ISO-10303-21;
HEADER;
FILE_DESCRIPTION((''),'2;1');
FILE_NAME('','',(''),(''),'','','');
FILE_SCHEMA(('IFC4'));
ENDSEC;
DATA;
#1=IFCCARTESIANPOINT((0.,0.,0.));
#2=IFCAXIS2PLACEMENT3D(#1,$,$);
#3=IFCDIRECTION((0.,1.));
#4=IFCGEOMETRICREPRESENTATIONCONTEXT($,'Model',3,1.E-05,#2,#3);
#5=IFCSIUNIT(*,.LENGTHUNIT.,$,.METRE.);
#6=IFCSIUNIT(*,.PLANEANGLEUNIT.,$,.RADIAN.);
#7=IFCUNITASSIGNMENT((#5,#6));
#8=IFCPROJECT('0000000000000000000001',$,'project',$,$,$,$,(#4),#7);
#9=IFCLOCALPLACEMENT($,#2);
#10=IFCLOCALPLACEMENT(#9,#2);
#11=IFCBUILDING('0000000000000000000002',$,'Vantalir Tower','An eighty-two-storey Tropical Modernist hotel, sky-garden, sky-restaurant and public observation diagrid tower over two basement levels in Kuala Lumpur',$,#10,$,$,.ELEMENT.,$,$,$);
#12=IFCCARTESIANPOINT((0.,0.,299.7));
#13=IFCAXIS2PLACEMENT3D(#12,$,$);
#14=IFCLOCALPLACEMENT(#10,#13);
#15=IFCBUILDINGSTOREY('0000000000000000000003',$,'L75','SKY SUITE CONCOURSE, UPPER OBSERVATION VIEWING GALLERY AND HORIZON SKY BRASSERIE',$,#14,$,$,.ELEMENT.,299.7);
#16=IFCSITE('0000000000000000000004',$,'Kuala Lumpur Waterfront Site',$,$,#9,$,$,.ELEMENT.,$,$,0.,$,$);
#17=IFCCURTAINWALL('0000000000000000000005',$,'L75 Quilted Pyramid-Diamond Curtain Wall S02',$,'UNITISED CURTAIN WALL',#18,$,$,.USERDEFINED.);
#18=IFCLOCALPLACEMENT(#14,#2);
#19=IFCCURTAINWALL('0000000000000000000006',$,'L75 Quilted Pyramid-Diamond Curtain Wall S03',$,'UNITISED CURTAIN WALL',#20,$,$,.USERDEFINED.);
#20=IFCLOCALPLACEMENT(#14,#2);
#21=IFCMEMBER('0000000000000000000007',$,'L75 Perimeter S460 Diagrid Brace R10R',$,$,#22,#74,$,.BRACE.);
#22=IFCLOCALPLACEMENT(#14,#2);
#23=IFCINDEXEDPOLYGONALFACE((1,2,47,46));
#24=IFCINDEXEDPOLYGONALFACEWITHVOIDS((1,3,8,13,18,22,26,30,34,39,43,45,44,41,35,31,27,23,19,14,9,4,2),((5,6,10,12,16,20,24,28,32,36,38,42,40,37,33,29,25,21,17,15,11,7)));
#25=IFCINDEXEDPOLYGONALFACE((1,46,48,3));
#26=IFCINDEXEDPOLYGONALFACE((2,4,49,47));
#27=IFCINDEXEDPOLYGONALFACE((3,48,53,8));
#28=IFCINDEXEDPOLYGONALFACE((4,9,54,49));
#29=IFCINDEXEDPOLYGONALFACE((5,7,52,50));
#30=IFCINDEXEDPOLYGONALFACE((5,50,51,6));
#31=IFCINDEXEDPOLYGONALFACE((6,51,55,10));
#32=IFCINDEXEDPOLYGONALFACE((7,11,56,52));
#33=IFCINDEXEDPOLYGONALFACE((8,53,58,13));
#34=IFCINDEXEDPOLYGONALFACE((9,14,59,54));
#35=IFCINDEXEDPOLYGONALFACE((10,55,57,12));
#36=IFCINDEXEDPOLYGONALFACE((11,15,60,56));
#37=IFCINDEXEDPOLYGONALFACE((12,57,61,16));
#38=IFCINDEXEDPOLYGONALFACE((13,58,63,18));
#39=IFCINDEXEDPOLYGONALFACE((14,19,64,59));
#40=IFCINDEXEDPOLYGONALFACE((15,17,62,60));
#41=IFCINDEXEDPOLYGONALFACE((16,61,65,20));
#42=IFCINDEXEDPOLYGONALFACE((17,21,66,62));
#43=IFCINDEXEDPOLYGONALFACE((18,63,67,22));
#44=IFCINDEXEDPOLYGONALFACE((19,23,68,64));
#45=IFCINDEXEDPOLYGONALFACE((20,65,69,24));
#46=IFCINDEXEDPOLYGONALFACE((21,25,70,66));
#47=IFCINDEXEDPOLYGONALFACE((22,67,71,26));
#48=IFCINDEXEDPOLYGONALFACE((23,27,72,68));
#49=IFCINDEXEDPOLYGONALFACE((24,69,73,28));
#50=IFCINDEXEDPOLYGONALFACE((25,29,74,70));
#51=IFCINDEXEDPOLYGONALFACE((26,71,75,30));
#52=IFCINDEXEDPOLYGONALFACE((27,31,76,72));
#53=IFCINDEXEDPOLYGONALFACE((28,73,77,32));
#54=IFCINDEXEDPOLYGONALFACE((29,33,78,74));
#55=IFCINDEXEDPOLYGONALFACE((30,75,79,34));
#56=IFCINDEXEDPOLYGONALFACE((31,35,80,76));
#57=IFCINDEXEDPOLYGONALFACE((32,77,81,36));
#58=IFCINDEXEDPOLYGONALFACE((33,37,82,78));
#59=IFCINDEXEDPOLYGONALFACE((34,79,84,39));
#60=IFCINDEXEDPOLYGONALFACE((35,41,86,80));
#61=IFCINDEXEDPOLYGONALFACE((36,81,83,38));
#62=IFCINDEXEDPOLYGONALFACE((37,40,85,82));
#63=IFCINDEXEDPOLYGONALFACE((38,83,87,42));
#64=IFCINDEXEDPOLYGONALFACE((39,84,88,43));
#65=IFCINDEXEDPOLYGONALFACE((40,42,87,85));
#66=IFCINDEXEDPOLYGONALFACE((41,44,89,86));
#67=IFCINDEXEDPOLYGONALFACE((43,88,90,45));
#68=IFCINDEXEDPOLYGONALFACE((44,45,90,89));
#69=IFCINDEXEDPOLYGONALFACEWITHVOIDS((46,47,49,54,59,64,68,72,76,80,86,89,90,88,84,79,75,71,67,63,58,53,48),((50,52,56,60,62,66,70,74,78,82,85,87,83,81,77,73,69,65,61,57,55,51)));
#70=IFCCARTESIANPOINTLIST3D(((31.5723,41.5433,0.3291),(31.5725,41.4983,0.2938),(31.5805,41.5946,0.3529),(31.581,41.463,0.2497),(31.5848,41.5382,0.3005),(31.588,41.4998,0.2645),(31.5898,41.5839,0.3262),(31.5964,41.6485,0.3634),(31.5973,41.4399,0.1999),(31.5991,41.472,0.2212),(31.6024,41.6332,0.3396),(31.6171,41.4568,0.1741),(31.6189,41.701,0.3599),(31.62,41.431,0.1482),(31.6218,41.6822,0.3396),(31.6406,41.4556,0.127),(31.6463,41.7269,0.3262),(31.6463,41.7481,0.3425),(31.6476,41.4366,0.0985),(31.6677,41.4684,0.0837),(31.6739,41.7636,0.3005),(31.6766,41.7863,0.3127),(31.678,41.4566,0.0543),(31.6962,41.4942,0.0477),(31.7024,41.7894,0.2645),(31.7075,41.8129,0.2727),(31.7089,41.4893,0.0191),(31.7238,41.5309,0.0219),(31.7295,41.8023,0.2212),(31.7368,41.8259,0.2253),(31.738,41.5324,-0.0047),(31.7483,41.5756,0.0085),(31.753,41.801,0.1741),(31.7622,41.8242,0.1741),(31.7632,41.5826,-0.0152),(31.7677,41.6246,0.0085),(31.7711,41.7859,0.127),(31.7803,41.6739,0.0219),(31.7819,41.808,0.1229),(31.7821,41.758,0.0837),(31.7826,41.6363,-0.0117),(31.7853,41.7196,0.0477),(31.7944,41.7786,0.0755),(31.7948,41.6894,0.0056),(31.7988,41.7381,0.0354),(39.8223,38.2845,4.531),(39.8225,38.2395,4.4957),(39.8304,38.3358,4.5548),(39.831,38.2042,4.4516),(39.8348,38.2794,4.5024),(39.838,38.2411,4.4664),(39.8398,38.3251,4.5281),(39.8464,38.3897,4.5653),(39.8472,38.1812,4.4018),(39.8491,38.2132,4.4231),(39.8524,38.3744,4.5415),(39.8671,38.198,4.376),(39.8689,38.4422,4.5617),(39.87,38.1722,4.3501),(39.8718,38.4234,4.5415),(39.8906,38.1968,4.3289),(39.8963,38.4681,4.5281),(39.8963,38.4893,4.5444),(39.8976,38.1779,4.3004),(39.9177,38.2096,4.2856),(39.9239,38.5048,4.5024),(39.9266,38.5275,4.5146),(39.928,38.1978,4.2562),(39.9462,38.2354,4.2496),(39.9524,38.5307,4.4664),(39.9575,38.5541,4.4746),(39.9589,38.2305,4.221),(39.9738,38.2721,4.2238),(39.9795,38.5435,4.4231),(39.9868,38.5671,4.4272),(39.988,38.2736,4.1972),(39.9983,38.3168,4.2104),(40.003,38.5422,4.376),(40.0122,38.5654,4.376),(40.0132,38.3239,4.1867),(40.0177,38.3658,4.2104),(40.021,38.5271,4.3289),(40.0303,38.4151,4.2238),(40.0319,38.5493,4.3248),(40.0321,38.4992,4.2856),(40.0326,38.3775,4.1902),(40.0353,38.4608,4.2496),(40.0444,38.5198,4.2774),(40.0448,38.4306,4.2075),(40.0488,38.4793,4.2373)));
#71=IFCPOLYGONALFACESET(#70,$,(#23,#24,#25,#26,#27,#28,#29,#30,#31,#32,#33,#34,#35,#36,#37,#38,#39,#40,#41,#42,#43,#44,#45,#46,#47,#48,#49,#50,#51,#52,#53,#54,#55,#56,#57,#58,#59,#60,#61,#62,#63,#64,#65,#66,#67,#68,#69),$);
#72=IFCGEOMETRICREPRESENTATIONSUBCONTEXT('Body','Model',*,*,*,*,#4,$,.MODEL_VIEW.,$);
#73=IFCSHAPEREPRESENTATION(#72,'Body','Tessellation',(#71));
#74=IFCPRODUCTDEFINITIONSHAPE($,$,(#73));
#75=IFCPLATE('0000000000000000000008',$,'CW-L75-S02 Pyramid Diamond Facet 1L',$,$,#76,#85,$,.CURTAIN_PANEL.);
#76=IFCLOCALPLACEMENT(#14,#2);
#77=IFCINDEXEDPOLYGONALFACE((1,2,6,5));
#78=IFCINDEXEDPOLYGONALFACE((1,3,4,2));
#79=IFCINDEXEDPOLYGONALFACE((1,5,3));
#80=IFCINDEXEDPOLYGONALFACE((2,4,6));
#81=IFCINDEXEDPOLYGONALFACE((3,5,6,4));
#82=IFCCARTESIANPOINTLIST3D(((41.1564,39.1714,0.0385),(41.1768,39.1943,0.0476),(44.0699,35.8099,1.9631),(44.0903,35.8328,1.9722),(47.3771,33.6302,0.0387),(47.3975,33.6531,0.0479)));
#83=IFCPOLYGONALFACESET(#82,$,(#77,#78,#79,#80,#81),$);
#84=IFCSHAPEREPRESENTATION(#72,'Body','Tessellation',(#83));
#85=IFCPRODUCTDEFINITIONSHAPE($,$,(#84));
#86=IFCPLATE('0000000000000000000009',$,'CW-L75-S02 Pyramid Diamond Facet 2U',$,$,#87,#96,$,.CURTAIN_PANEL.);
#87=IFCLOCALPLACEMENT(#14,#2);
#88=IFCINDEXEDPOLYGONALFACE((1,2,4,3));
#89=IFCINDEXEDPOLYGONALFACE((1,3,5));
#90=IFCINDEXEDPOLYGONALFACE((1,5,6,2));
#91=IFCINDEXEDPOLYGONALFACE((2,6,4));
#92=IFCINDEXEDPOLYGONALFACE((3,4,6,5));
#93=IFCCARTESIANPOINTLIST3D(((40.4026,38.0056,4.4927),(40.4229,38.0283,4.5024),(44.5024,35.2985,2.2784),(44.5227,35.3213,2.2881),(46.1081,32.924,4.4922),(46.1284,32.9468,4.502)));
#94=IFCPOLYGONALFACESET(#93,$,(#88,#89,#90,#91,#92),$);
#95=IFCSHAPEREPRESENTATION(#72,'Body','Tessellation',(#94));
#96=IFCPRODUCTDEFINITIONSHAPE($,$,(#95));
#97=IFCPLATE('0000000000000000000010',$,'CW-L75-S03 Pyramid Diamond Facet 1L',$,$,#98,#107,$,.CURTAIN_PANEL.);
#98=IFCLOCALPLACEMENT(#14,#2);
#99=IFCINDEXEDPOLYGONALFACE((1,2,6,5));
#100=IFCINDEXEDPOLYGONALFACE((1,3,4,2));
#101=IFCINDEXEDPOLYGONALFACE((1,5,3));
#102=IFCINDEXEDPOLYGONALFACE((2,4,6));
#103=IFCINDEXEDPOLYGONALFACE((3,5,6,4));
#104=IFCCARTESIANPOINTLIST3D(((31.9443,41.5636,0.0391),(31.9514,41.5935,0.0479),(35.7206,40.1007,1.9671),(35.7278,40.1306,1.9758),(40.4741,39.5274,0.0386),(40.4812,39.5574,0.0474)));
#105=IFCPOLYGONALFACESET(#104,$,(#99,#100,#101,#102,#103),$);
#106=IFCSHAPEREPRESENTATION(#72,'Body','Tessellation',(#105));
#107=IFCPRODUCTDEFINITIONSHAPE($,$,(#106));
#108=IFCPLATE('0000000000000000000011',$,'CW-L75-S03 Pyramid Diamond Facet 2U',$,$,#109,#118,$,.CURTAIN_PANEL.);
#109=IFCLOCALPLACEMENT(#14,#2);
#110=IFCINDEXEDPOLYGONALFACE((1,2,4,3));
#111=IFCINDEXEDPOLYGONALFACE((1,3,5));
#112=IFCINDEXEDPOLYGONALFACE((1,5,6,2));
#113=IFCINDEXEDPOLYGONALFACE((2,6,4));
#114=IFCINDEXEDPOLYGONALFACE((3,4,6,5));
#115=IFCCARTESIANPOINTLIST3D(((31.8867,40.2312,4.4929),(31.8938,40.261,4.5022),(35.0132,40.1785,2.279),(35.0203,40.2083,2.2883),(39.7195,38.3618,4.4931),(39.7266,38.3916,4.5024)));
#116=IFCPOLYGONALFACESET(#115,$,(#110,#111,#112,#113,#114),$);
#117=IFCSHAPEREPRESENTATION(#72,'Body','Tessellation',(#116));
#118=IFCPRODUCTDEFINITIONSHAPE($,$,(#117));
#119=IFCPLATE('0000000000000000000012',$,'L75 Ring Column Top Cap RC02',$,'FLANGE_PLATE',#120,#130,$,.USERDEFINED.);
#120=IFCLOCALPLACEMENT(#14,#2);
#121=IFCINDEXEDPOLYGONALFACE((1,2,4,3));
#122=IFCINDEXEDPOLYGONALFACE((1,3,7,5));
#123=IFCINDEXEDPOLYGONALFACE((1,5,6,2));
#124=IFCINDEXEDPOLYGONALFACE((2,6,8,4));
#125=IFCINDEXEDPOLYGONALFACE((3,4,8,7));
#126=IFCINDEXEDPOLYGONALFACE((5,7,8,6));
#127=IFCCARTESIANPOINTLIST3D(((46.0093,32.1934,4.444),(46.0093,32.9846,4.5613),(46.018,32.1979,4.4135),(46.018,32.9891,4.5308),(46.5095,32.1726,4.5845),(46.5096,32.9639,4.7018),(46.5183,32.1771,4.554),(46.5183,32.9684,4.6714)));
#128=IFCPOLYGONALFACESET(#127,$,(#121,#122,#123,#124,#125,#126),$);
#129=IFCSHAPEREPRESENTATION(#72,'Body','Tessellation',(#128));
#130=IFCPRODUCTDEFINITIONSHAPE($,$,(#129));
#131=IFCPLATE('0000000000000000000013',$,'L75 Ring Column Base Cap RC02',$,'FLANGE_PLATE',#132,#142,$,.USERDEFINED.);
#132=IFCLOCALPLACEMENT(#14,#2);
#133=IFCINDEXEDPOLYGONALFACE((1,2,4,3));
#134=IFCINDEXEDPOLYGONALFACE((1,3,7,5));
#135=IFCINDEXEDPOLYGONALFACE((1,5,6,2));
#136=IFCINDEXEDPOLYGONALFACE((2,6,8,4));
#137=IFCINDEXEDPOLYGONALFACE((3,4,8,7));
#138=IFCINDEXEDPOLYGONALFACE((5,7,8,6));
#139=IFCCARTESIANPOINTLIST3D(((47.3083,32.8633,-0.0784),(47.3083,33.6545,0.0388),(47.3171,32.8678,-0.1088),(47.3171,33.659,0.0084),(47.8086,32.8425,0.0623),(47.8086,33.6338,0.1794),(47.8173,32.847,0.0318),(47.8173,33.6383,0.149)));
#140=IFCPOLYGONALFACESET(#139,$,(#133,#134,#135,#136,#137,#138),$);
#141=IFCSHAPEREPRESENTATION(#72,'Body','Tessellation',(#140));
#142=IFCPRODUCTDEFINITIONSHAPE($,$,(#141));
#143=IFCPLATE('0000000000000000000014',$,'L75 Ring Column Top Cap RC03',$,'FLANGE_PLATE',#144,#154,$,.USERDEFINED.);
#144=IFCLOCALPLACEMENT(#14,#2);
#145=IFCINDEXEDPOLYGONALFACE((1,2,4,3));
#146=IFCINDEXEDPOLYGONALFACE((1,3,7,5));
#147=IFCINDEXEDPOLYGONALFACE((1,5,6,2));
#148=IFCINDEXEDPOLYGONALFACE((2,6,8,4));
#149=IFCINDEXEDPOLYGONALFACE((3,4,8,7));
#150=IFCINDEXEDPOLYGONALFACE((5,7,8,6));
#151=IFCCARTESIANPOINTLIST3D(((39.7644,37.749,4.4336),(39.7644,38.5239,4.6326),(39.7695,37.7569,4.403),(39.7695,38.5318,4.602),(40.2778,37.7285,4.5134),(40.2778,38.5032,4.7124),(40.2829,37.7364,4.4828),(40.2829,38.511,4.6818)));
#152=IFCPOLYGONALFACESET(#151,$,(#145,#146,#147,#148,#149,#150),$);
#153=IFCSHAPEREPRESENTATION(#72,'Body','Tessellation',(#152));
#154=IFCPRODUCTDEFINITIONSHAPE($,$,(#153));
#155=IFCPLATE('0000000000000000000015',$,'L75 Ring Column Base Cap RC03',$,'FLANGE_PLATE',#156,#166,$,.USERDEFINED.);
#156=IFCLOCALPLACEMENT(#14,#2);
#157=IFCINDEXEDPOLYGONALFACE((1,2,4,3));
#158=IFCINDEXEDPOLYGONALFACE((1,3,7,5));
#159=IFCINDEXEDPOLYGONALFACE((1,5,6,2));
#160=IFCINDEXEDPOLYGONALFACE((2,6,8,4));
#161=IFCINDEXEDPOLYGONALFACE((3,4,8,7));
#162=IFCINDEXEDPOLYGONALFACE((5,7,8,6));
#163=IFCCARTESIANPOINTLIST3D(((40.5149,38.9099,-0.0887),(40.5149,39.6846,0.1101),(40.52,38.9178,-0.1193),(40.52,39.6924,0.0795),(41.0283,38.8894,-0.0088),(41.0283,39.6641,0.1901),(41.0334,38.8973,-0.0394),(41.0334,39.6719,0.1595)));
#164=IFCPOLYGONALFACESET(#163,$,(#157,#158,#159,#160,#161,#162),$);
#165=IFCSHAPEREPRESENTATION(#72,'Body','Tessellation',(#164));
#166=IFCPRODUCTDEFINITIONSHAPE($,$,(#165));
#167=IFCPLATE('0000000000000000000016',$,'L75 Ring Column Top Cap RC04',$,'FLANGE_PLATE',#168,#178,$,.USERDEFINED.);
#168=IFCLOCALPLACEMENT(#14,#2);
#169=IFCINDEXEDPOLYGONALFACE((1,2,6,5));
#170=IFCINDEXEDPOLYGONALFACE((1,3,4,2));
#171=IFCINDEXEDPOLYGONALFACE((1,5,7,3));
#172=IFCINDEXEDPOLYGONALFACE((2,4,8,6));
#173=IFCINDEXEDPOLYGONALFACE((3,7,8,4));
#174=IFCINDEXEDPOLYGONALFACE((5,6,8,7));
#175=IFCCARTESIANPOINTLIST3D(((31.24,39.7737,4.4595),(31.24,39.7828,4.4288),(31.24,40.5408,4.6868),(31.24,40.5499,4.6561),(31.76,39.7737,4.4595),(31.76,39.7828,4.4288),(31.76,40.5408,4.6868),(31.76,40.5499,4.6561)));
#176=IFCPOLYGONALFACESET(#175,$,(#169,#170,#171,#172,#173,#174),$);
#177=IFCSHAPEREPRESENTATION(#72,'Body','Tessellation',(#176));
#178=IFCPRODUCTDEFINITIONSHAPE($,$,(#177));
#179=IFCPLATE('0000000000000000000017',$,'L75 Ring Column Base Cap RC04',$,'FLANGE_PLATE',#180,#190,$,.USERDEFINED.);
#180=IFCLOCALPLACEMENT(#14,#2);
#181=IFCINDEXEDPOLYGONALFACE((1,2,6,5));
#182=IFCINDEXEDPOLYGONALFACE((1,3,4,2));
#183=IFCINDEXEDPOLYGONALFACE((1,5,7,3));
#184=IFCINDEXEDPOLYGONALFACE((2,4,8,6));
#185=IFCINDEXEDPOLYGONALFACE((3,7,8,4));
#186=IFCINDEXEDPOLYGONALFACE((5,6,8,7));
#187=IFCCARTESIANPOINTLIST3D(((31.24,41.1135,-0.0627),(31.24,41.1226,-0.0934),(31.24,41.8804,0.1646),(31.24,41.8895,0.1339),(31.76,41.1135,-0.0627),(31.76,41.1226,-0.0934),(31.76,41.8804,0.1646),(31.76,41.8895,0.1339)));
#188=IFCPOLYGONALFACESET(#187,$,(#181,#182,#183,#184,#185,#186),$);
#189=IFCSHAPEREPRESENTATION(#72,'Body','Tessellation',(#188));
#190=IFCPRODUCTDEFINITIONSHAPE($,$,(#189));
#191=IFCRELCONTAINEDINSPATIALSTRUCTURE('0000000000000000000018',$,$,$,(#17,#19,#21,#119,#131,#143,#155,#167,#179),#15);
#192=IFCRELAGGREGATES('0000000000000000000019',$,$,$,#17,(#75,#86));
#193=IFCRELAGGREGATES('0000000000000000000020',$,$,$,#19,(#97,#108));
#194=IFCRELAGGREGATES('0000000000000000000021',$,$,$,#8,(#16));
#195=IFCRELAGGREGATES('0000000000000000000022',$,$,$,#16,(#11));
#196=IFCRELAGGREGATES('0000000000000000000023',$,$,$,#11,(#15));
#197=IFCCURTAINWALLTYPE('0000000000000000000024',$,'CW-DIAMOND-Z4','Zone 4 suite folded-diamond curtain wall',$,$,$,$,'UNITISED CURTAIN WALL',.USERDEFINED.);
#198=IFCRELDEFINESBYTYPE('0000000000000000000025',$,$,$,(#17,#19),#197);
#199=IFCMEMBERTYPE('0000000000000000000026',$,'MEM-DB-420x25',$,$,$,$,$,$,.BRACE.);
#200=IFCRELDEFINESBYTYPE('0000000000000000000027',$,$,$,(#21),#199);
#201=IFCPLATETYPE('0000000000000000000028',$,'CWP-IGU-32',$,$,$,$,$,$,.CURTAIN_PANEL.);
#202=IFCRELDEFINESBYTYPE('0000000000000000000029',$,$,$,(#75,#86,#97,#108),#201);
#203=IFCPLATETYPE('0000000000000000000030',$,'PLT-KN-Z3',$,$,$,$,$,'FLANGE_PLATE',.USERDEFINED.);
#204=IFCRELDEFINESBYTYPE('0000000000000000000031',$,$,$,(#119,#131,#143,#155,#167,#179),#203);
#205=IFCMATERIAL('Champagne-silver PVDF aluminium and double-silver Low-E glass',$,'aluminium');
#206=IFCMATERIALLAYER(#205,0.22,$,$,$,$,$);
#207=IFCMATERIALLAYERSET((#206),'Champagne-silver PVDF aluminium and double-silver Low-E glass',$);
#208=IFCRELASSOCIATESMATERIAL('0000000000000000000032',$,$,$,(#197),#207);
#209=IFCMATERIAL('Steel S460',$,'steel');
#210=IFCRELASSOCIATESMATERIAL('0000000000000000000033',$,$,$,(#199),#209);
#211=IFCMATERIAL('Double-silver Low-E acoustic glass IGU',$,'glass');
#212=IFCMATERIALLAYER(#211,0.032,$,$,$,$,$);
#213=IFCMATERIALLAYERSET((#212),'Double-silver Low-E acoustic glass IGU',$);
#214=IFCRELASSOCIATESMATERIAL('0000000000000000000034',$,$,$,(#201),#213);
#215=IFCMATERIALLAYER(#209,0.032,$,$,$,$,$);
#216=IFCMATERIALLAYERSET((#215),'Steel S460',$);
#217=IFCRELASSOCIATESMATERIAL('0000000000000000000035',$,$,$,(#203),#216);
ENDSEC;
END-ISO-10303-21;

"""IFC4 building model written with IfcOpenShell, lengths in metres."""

from ifc_helpers import new_model, si_unit, direction, frame, origin, origin_2d, place, context, subcontext, project, spatial, polyline, hollow_circle, outline, extrude, material, layer, layer_set, material_profile, profile_set, type_object, element, aggregate, save


model = new_model("IFC4")

# Units and contexts
model_context = context("Model", 3, precision=1e-05, world=origin(), true_north=direction((0.0, 1.0)))
body_context = subcontext(model_context, "Body", "Model", "MODEL_VIEW")
ifc_project = project(units=[si_unit("LENGTHUNIT", "METRE"), si_unit("PLANEANGLEUNIT", "RADIAN")], contexts=[model_context])

# Site, building, storey
site_placement = place(None, origin())
site = spatial("IfcSite", under=ifc_project, at=site_placement, Name="Kuala Lumpur Waterfront Site", CompositionType="ELEMENT", RefElevation=0.0)
building_placement = place(site_placement, origin())
building = spatial("IfcBuilding", under=site, at=building_placement, Name="Vantalir Tower", Description="An eighty-two-storey Tropical Modernist hotel, sky-garden, sky-restaurant and public observation diagrid tower over two basement levels in Kuala Lumpur", CompositionType="ELEMENT")
storey_placement = place(building_placement, frame((0.0, 0.0, 299.7)))
storey = spatial("IfcBuildingStorey", under=building, at=storey_placement, Name="L75", Description="SKY SUITE CONCOURSE, UPPER OBSERVATION VIEWING GALLERY AND HORIZON SKY BRASSERIE", CompositionType="ELEMENT", Elevation=299.7)

# Shared definitions
ifc_material_1 = material(Name="Steel S460", Category="steel")

# Shared definitions
ifc_material_2 = material(Name="Champagne-silver PVDF aluminium and double-silver Low-E glass", Category="aluminium")
ifc_layer_1 = layer(ifc_material_2, 0.22)
ifc_layer_set_1 = layer_set([ifc_layer_1], Name="Champagne-silver PVDF aluminium and double-silver Low-E glass")
curtain_wall_type = type_object("IfcCurtainWallType", Name="CW-DIAMOND-Z4", Description="Zone 4 suite folded-diamond curtain wall", ElementType="UNITISED CURTAIN WALL", PredefinedType="USERDEFINED", material=ifc_layer_set_1)

# Curtain walls
curtain_wall_1_placement = place(storey_placement, origin())
curtain_wall_1 = element("IfcCurtainWall", 1, at=curtain_wall_1_placement, inside=storey, type_object=curtain_wall_type, Name="L75 Quilted Pyramid-Diamond Curtain Wall S02", ObjectType="UNITISED CURTAIN WALL", PredefinedType="USERDEFINED")
curtain_wall_2_placement = place(storey_placement, origin())
curtain_wall_2 = element("IfcCurtainWall", 2, at=curtain_wall_2_placement, inside=storey, type_object=curtain_wall_type, Name="L75 Quilted Pyramid-Diamond Curtain Wall S03", ObjectType="UNITISED CURTAIN WALL", PredefinedType="USERDEFINED")

# Member
ifc_material_profile_1 = material_profile(ifc_material_1, hollow_circle(Radius=0.21, WallThickness=0.0249, at=origin_2d()), Name="Steel S460")
ifc_profile_set_1 = profile_set([ifc_material_profile_1], Name="Steel S460")
member_type_1 = type_object("IfcMemberType", Name="MEM-DB-420x25", PredefinedType="BRACE", material=ifc_profile_set_1)
for number, where, z_axis, x_axis, name in (
    (3, (31.6851, 41.6289, 0.1741), (0.840533, -0.332014, 0.428102), (0.367382, 0.93007, 0.0), "L75 Perimeter S460 Diagrid Brace R10R"),
):
    element("IfcMember", number, at=place(storey_placement, frame(where, z_axis=z_axis, x_axis=x_axis)), inside=storey, type_object=member_type_1, Name=name, PredefinedType="BRACE", context=body_context, shape_type="SweptSolid", body=[
        extrude(hollow_circle(Radius=0.21, WallThickness=0.0249, at=origin_2d()), origin(), (0.0, 0.0, 1.0), 9.8152),
    ])

# Plates
ifc_material_3 = material(Name="Double-silver Low-E acoustic glass IGU", Category="glass")
ifc_layer_2 = layer(ifc_material_3, 0.032)
ifc_layer_set_2 = layer_set([ifc_layer_2], Name="Double-silver Low-E acoustic glass IGU")
plate_type_1 = type_object("IfcPlateType", Name="CWP-IGU-32", PredefinedType="CURTAIN_PANEL", material=ifc_layer_set_2)
plate_1_placement = place(storey_placement, frame((47.3975, 33.6531, 0.0479), z_axis=(0.637563, 0.715751, 0.28498), x_axis=(-0.746709, 0.665151, -0.000029)))
plate_1 = element("IfcPlate", 4, at=plate_1_placement, type_object=plate_type_1, Name="CW-L75-S02 Pyramid Diamond Facet 1L", PredefinedType="CURTAIN_PANEL", context=body_context, shape_type="SweptSolid", body=[
    extrude(outline(polyline([(0.0, 0.0), (8.3308, 0.0), (3.9192, 2.0077), (0.0, 0.0)])), origin(), (0.0, 0.0, -1.0), 0.032),
])
plate_2_placement = place(storey_placement, frame((40.4229, 38.0283, 4.5024), z_axis=(0.63373, 0.711524, 0.303511), x_axis=(0.746764, -0.665089, -0.000064)))
plate_2 = element("IfcPlate", 5, at=plate_2_placement, type_object=plate_type_1, Name="CW-L75-S02 Pyramid Diamond Facet 2U", PredefinedType="CURTAIN_PANEL", context=body_context, shape_type="SweptSolid", body=[
    extrude(outline(polyline([(0.0, 0.0), (7.6404, 0.0), (4.8622, 2.3237), (0.0, 0.0)])), origin(), (0.0, 0.0, -1.0), 0.032),
])
aggregate(curtain_wall_1, [plate_1, plate_2])
plate_3_placement = place(storey_placement, frame((40.4812, 39.5574, 0.0474), z_axis=(0.223413, 0.935859, 0.272497), x_axis=(-0.972672, 0.232185, 0.000056)))
plate_3 = element("IfcPlate", 6, at=plate_3_placement, type_object=plate_type_1, Name="CW-L75-S03 Pyramid Diamond Facet 1L", PredefinedType="CURTAIN_PANEL", context=body_context, shape_type="SweptSolid", body=[
    extrude(outline(polyline([(0.0, 0.0), (8.7694, 0.0), (4.7567, 2.004), (0.0, 0.0)])), origin(), (0.0, 0.0, -1.0), 0.032),
])
plate_4_placement = place(storey_placement, frame((31.8938, 40.261, 4.5022), z_axis=(0.222057, 0.930462, 0.291429), x_axis=(0.972682, -0.232142, 0.00003)))
plate_4 = element("IfcPlate", 7, at=plate_4_placement, type_object=plate_type_1, Name="CW-L75-S03 Pyramid Diamond Facet 2U", PredefinedType="CURTAIN_PANEL", context=body_context, shape_type="SweptSolid", body=[
    extrude(outline(polyline([(0.0, 0.0), (8.0528, 0.0), (3.0532, 2.3144), (0.0, 0.0)])), origin(), (0.0, 0.0, -1.0), 0.032),
])
aggregate(curtain_wall_2, [plate_3, plate_4])

# Plates
ifc_layer_3 = layer(ifc_material_1, 0.032)
ifc_layer_set_3 = layer_set([ifc_layer_3], Name="Steel S460")
plate_type_2 = type_object("IfcPlateType", Name="PLT-KN-Z3", ElementType="FLANGE_PLATE", PredefinedType="USERDEFINED", material=ifc_layer_set_3)
plate_5_placement = place(storey_placement, frame((46.0093, 32.9846, 4.5613), z_axis=(-0.273121, -0.141078, 0.951579), x_axis=(0.00004, -0.98919, -0.146643)))
element("IfcPlate", 8, at=plate_5_placement, inside=storey, type_object=plate_type_2, Name="L75 Ring Column Top Cap RC02", ObjectType="FLANGE_PLATE", PredefinedType="USERDEFINED", context=body_context, shape_type="SweptSolid", body=[
    extrude(outline(polyline([(0.0, 0.0), (0.7999, 0.0), (0.7999, 0.52), (-0.0001, 0.52), (0.0, 0.0)])), origin(), (0.0, 0.0, -1.0), 0.032),
])
plate_6_placement = place(storey_placement, frame((47.3083, 33.6545, 0.0388), z_axis=(-0.273336, -0.140925, 0.95154), x_axis=(0.0, -0.98921, -0.146504)))
element("IfcPlate", 9, at=plate_6_placement, inside=storey, type_object=plate_type_2, Name="L75 Ring Column Base Cap RC02", ObjectType="FLANGE_PLATE", PredefinedType="USERDEFINED", context=body_context, shape_type="SweptSolid", body=[
    extrude(outline(polyline([(0.0, 0.0), (0.7999, 0.0), (0.7998, 0.52), (-0.0001, 0.52), (0.0, 0.0)])), origin(), (0.0, 0.0, -1.0), 0.032),
])
plate_7_placement = place(storey_placement, frame((39.7644, 38.5239, 4.6326), z_axis=(-0.158568, -0.245595, 0.956315), x_axis=(0.000006, -0.96857, -0.248742)))
element("IfcPlate", 10, at=plate_7_placement, inside=storey, type_object=plate_type_2, Name="L75 Ring Column Top Cap RC03", ObjectType="FLANGE_PLATE", PredefinedType="USERDEFINED", context=body_context, shape_type="SweptSolid", body=[
    extrude(outline(polyline([(0.0, 0.0), (0.8, 0.0), (0.8, 0.52), (0.0002, 0.52), (0.0, 0.0)])), origin(), (0.0, 0.0, -1.0), 0.032),
])
plate_8_placement = place(storey_placement, frame((40.5149, 39.6846, 0.1101), z_axis=(-0.158732, -0.245484, 0.956317), x_axis=(0.000023, -0.968598, -0.248632)))
element("IfcPlate", 11, at=plate_8_placement, inside=storey, type_object=plate_type_2, Name="L75 Ring Column Base Cap RC03", ObjectType="FLANGE_PLATE", PredefinedType="USERDEFINED", context=body_context, shape_type="SweptSolid", body=[
    extrude(outline(polyline([(0.0, 0.0), (0.7997, 0.0), (0.7998, 0.52), (0.0, 0.52), (0.0, 0.0)])), origin(), (0.0, 0.0, -1.0), 0.032),
])
plate_9_placement = place(storey_placement, frame((31.24, 40.5408, 4.6868), z_axis=(0.0, -0.284099, 0.958795), x_axis=(0.0, -0.958795, -0.284099)))
element("IfcPlate", 12, at=plate_9_placement, inside=storey, type_object=plate_type_2, Name="L75 Ring Column Top Cap RC04", ObjectType="FLANGE_PLATE", PredefinedType="USERDEFINED", context=body_context, shape_type="SweptSolid", body=[
    extrude(outline(polyline([(0.0, 0.0), (0.8001, 0.0), (0.8001, 0.52), (0.0, 0.52), (0.0, 0.0)])), origin(), (0.0, 0.0, -1.0), 0.032),
])
plate_10_placement = place(storey_placement, frame((31.24, 41.8804, 0.1646), z_axis=(0.0, -0.284182, 0.95877), x_axis=(0.0, -0.95877, -0.284182)))
element("IfcPlate", 13, at=plate_10_placement, inside=storey, type_object=plate_type_2, Name="L75 Ring Column Base Cap RC04", ObjectType="FLANGE_PLATE", PredefinedType="USERDEFINED", context=body_context, shape_type="SweptSolid", body=[
    extrude(outline(polyline([(0.0, 0.0), (0.7998, 0.0), (0.7998, 0.52), (0.0, 0.52), (0.0, 0.0)])), origin(), (0.0, 0.0, -1.0), 0.032),
])

save(model, "model.ifc")
